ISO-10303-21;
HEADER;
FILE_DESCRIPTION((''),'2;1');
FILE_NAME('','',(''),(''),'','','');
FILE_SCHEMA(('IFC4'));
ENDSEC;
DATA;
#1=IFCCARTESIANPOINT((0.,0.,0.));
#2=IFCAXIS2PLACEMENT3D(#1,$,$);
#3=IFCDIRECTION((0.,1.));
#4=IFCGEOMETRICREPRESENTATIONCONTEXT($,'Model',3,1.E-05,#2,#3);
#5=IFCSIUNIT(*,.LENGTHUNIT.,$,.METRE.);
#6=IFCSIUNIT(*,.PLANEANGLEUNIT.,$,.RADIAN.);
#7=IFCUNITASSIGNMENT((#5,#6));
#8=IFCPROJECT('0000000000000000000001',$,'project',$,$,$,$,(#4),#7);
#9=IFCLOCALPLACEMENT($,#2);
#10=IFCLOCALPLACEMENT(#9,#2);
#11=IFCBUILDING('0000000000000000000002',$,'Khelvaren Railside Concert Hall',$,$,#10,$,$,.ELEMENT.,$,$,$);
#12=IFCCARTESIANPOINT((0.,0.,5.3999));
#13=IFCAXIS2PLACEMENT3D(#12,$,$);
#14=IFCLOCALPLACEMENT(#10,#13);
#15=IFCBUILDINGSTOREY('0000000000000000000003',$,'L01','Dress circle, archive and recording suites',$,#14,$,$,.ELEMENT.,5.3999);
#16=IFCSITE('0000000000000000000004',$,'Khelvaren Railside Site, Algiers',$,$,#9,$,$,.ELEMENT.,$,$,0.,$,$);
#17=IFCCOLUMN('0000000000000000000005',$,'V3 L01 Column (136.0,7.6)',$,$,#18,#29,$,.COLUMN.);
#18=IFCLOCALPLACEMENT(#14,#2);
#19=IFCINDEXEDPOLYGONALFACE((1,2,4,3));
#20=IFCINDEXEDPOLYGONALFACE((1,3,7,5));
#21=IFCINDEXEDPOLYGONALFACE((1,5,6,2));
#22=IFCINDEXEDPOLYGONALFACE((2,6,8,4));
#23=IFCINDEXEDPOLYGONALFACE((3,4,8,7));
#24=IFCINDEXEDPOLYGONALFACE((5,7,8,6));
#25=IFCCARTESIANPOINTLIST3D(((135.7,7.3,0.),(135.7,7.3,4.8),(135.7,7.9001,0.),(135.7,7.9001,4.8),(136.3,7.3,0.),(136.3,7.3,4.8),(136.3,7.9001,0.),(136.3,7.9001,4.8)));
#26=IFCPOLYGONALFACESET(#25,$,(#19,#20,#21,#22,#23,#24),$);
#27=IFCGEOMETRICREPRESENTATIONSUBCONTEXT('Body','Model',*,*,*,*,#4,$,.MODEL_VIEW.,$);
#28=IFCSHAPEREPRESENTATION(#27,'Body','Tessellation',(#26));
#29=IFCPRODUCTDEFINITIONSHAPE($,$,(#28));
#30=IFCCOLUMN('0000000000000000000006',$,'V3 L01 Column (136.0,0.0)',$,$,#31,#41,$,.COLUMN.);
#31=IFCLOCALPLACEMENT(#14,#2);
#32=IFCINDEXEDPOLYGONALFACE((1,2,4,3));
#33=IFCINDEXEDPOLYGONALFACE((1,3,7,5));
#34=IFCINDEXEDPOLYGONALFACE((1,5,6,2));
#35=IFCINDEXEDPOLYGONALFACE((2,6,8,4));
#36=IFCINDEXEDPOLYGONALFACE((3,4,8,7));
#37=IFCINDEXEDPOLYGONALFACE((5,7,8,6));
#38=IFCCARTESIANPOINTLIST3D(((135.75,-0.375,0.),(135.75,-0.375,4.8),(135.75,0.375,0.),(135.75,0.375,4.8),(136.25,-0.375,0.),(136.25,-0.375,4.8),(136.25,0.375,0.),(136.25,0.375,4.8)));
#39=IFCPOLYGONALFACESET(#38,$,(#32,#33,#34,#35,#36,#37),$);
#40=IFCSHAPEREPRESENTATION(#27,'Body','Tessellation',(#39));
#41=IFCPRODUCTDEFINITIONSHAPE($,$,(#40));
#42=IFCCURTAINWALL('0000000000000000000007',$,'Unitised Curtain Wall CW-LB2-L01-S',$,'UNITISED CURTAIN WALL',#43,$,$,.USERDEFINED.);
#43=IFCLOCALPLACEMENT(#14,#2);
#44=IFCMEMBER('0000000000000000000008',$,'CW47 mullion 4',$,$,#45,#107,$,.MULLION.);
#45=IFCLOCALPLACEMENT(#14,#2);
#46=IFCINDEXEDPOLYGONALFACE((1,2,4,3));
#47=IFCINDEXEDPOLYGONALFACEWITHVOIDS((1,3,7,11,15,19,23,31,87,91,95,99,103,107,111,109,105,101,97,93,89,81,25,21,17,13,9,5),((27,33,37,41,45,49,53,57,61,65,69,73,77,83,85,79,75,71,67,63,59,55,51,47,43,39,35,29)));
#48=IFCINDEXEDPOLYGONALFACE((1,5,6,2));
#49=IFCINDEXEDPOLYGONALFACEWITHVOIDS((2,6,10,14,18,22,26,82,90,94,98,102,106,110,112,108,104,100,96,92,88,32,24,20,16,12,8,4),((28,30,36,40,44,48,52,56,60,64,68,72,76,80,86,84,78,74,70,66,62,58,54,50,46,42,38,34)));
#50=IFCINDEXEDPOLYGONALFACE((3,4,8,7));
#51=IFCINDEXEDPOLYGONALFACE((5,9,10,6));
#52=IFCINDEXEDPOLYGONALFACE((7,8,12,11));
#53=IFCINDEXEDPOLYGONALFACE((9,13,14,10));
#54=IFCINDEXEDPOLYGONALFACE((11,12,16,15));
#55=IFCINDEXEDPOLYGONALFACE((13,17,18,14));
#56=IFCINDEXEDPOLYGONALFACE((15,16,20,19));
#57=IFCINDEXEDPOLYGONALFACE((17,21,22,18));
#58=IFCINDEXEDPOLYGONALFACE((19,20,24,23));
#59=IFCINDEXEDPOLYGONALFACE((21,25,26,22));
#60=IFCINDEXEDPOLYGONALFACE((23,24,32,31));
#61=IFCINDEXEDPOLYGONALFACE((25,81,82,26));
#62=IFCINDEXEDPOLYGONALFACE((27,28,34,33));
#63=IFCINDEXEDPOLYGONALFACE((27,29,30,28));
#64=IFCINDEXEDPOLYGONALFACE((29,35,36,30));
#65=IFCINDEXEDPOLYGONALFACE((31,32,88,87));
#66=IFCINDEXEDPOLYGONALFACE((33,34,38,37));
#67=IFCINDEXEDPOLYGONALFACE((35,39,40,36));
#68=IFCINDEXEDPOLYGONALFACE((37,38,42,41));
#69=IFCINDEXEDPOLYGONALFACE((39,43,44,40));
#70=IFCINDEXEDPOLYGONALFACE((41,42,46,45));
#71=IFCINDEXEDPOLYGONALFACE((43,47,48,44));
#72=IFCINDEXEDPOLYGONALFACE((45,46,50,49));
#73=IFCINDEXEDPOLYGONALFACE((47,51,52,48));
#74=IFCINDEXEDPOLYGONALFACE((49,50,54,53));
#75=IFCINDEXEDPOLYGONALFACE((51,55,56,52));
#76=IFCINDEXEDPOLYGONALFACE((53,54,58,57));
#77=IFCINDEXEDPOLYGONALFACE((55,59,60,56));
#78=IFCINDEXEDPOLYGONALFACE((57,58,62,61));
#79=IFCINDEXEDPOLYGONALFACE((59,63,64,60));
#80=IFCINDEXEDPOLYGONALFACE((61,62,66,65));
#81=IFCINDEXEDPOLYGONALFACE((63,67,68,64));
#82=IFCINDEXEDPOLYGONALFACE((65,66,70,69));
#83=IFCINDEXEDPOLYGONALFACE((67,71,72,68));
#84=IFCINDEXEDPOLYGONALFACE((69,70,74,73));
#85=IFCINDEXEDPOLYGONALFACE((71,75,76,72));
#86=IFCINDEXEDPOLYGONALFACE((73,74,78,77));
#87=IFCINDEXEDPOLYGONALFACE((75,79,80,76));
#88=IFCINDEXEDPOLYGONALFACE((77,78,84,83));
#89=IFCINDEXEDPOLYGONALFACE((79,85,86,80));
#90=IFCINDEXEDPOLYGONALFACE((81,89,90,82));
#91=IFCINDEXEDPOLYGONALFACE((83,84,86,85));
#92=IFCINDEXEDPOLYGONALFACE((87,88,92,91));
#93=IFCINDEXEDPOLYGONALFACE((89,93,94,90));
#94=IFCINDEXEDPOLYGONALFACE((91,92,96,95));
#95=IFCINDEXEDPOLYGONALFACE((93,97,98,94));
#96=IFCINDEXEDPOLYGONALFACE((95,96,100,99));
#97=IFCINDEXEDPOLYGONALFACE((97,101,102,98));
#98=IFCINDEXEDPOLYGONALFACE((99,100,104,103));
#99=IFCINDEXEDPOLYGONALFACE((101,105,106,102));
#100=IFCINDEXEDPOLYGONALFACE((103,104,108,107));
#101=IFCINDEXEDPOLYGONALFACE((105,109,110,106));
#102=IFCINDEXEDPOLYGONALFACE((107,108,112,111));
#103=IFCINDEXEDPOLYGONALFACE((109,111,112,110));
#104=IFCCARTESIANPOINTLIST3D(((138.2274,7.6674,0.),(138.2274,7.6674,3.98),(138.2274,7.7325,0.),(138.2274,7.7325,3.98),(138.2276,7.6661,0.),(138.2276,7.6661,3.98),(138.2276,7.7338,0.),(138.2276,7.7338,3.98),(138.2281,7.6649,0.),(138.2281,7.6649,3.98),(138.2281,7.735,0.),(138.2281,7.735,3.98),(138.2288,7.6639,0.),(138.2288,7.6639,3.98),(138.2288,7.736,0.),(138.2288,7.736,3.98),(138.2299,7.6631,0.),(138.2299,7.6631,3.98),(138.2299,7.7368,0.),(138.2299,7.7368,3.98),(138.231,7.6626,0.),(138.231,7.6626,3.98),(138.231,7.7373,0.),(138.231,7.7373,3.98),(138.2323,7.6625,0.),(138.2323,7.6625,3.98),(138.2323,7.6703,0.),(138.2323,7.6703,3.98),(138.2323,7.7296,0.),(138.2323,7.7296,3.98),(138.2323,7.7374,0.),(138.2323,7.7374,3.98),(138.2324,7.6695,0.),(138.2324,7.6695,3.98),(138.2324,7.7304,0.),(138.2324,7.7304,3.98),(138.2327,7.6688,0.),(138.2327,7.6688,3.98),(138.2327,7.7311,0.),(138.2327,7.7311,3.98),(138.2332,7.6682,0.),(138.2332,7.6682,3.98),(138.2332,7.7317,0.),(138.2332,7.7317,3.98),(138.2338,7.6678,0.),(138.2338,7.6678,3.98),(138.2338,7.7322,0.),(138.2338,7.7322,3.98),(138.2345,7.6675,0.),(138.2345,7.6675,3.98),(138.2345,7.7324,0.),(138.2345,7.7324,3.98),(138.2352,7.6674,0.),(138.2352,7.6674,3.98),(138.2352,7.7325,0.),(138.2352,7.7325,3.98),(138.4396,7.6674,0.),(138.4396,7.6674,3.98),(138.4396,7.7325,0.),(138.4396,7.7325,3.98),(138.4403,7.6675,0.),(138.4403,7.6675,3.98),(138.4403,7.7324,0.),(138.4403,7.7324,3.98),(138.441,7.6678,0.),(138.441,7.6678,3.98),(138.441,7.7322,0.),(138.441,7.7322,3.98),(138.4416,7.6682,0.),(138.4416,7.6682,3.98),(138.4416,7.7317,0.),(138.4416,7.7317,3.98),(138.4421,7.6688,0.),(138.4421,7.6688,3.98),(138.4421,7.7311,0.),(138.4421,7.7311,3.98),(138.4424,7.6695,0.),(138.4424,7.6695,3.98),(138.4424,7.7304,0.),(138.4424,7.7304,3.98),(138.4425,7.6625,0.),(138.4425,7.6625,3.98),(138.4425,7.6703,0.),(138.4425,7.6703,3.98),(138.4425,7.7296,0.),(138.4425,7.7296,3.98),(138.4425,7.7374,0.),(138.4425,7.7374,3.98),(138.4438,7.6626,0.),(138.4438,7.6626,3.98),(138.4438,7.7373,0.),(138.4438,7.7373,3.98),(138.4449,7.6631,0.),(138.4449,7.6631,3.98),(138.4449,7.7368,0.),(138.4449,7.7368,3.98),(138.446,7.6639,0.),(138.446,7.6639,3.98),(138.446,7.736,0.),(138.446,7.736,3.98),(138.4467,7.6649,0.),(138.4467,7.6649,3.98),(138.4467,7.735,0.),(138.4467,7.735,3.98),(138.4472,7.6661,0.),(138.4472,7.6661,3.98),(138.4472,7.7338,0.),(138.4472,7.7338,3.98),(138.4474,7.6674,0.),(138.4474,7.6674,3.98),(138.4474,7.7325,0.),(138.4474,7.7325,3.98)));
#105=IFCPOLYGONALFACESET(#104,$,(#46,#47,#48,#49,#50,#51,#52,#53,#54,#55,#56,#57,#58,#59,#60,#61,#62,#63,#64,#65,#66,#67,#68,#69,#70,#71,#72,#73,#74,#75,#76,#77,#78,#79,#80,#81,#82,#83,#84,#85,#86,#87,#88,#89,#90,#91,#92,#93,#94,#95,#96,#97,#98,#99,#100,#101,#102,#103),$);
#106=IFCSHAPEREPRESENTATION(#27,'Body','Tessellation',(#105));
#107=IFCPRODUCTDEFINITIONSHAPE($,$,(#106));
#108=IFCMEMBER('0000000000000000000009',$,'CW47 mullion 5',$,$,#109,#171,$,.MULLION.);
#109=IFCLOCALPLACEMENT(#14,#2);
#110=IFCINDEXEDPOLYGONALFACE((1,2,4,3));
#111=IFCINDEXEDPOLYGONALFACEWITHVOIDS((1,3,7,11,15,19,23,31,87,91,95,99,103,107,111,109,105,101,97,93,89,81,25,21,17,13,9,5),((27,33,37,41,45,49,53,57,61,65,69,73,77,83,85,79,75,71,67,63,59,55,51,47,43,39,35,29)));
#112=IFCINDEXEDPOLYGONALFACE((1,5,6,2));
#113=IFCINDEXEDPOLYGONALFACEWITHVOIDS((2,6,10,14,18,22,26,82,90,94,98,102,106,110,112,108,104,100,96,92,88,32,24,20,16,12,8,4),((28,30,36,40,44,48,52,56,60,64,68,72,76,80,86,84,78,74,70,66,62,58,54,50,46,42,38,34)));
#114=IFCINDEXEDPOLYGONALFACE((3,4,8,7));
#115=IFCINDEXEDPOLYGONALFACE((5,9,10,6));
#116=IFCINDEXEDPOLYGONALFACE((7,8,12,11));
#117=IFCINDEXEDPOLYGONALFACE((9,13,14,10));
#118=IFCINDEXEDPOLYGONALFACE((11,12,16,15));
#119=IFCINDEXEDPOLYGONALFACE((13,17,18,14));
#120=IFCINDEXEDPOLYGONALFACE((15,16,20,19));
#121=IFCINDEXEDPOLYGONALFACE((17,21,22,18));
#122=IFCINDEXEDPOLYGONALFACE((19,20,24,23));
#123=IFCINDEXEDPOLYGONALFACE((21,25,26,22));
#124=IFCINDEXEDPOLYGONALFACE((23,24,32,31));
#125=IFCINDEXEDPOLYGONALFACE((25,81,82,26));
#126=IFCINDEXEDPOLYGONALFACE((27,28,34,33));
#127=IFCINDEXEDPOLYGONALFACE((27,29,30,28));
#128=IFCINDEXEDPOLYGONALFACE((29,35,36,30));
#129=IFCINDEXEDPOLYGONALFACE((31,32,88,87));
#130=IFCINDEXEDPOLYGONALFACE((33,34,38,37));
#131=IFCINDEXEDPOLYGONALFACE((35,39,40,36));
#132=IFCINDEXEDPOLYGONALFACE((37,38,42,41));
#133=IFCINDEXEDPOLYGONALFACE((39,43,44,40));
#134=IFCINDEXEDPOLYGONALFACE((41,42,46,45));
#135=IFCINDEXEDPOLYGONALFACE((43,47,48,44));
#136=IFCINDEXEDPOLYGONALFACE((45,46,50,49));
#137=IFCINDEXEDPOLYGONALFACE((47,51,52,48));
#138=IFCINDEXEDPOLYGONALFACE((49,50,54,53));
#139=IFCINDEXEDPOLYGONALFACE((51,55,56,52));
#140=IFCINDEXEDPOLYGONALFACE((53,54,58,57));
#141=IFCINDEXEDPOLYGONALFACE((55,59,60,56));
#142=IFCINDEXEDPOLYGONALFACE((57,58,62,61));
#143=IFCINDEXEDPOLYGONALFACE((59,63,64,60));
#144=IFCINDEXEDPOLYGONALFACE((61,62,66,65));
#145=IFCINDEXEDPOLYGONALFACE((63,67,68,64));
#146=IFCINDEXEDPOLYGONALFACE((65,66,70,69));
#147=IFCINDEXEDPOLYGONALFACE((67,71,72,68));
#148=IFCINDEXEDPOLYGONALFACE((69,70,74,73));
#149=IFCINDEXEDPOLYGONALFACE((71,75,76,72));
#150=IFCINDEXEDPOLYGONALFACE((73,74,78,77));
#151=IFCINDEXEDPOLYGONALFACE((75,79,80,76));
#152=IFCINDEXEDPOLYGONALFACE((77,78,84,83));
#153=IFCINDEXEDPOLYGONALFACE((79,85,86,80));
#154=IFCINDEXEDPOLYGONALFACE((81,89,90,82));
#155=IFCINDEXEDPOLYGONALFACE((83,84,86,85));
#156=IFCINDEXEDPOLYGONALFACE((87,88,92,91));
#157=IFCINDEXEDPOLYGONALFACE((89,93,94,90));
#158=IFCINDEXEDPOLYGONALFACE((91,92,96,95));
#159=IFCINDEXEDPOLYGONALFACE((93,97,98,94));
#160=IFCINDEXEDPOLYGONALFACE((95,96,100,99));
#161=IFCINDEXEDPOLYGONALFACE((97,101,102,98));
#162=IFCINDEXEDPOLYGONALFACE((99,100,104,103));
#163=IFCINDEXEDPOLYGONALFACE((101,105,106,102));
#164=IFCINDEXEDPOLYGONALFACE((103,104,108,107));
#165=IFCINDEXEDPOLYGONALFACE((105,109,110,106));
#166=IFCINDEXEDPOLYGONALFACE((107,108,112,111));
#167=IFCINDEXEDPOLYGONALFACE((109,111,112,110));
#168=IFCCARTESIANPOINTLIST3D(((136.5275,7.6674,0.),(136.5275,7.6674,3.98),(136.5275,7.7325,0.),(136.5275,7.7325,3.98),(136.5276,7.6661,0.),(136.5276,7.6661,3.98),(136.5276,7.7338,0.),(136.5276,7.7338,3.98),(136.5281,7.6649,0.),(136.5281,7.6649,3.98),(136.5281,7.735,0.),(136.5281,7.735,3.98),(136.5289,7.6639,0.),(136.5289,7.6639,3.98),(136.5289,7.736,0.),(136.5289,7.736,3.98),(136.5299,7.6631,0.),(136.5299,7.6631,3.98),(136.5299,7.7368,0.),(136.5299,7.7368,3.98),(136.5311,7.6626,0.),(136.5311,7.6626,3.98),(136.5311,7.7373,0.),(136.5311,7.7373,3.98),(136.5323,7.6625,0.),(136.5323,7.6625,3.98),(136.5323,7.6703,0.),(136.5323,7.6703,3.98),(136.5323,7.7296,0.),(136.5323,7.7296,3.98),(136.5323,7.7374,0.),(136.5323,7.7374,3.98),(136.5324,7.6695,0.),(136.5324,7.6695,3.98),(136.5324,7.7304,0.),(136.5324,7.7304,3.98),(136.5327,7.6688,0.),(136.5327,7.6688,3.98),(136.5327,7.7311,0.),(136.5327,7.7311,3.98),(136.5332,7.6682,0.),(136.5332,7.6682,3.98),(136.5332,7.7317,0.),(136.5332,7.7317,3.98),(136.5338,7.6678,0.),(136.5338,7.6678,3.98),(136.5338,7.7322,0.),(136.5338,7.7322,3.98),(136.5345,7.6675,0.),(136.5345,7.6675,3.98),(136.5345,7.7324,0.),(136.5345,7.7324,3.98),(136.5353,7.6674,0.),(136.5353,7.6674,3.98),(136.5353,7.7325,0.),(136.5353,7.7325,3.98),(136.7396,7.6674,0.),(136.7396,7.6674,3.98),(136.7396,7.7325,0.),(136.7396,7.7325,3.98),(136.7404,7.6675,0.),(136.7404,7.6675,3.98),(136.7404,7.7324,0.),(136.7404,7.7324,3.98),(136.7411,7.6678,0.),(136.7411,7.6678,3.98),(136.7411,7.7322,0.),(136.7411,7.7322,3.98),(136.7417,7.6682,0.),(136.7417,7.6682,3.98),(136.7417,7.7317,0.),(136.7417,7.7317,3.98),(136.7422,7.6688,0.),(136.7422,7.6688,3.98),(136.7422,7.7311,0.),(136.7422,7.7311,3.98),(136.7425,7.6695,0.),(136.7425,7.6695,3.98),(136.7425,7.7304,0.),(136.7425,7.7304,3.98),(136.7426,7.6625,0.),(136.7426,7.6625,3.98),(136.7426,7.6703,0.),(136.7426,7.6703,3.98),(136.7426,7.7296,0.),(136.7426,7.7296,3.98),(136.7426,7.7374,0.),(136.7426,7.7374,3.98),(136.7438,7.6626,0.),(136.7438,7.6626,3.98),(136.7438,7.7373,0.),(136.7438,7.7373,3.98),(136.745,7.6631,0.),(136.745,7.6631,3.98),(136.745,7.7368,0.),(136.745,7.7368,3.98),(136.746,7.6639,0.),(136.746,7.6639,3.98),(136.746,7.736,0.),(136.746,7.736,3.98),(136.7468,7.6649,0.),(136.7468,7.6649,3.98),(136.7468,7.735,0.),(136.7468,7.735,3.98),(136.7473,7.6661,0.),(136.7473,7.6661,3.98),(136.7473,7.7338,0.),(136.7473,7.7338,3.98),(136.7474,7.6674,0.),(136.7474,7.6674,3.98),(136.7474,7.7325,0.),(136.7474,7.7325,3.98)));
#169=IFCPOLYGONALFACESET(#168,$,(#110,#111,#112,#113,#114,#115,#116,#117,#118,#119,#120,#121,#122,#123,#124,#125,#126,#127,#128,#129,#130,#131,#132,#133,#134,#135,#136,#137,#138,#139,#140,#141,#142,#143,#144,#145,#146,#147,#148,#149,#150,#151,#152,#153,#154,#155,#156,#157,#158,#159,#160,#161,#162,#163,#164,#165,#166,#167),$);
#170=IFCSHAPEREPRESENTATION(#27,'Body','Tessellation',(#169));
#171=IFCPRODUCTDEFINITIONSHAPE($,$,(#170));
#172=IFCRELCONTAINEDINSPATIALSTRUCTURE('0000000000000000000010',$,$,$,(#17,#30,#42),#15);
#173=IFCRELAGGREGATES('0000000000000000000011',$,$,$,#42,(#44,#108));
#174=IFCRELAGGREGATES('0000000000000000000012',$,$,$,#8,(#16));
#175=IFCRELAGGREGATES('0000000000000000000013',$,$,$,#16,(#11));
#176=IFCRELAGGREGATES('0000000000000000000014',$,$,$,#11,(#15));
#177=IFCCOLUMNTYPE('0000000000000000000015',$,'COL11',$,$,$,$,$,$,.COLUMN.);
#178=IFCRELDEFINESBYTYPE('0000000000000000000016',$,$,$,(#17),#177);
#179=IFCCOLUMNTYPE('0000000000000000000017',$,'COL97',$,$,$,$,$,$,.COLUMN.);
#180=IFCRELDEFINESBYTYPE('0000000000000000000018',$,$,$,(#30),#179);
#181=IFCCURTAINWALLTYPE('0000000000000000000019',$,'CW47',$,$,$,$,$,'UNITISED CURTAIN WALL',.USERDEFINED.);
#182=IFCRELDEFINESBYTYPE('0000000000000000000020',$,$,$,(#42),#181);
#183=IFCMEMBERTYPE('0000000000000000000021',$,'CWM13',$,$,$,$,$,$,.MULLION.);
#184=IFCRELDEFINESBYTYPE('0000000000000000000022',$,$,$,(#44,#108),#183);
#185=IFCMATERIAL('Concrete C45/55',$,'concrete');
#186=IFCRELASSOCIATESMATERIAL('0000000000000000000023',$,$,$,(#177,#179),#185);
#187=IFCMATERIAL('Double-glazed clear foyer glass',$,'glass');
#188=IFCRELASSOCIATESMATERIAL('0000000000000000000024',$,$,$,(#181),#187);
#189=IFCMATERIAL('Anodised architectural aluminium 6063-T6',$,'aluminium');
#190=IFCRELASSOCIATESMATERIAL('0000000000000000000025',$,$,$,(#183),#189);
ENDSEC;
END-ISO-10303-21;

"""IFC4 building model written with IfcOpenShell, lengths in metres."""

from ifc_helpers import new_model, si_unit, direction, frame, origin, origin_2d, place, context, subcontext, project, spatial, rectangle, hollow_rectangle, extrude, material, material_profile, profile_set, type_object, element, aggregate, save


model = new_model("IFC4")

# Units and contexts
model_context = context("Model", 3, precision=1e-05, world=origin(), true_north=direction((0.0, 1.0)))
body_context = subcontext(model_context, "Body", "Model", "MODEL_VIEW")
ifc_project = project(units=[si_unit("LENGTHUNIT", "METRE"), si_unit("PLANEANGLEUNIT", "RADIAN")], contexts=[model_context])

# Site, building, storey
site_placement = place(None, origin())
site = spatial("IfcSite", under=ifc_project, at=site_placement, Name="Khelvaren Railside Site, Algiers", CompositionType="ELEMENT", RefElevation=0.0)
building_placement = place(site_placement, origin())
building = spatial("IfcBuilding", under=site, at=building_placement, Name="Khelvaren Railside Concert Hall", CompositionType="ELEMENT")
storey_placement = place(building_placement, frame((0.0, 0.0, 5.3999)))
storey = spatial("IfcBuildingStorey", under=building, at=storey_placement, Name="L01", Description="Dress circle, archive and recording suites", CompositionType="ELEMENT", Elevation=5.3999)

# Columns
ifc_material_1 = material(Name="Concrete C45/55", Category="concrete")
ifc_material_profile_1 = material_profile(ifc_material_1, rectangle(XDim=0.6001, YDim=0.6001, at=origin_2d()), Name="RC 600x600")
ifc_profile_set_1 = profile_set([ifc_material_profile_1], Name="Concrete C45/55")
column_type_1 = type_object("IfcColumnType", Name="COL11", PredefinedType="COLUMN", material=ifc_profile_set_1)
column_1_placement = place(storey_placement, frame((136.0, 7.6001, 0.0), z_axis=(0.0, 0.0, 1.0), x_axis=(1.0, 0.0, 0.0)))
element("IfcColumn", 1, at=column_1_placement, inside=storey, type_object=column_type_1, Name="V3 L01 Column (136.0,7.6)", PredefinedType="COLUMN", context=body_context, shape_type="SweptSolid", body=[
    extrude(rectangle(XDim=0.6001, YDim=0.6001, at=origin_2d()), origin(), (0.0, 0.0, 1.0), 4.8),
])
ifc_material_profile_2 = material_profile(ifc_material_1, rectangle(XDim=0.5, YDim=0.75, at=origin_2d()), Name="RC 500x750")
ifc_profile_set_2 = profile_set([ifc_material_profile_2], Name="Concrete C45/55")
column_type_2 = type_object("IfcColumnType", Name="COL97", PredefinedType="COLUMN", material=ifc_profile_set_2)
column_2_placement = place(storey_placement, frame((136.0, 0.0, 0.0), z_axis=(0.0, 0.0, 1.0), x_axis=(1.0, 0.0, 0.0)))
element("IfcColumn", 2, at=column_2_placement, inside=storey, type_object=column_type_2, Name="V3 L01 Column (136.0,0.0)", PredefinedType="COLUMN", context=body_context, shape_type="SweptSolid", body=[
    extrude(rectangle(XDim=0.5, YDim=0.75, at=origin_2d()), origin(), (0.0, 0.0, 1.0), 4.8),
])

# Curtain wall, members
ifc_material_2 = material(Name="Double-glazed clear foyer glass", Category="glass")
curtain_wall_type_1 = type_object("IfcCurtainWallType", Name="CW47", ElementType="UNITISED CURTAIN WALL", PredefinedType="USERDEFINED", material=ifc_material_2)
curtain_wall_1_placement = place(storey_placement, origin())
curtain_wall_1 = element("IfcCurtainWall", 3, at=curtain_wall_1_placement, inside=storey, type_object=curtain_wall_type_1, Name="Unitised Curtain Wall CW-LB2-L01-S", ObjectType="UNITISED CURTAIN WALL", PredefinedType="USERDEFINED")
ifc_material_3 = material(Name="Anodised architectural aluminium 6063-T6", Category="aluminium")
ifc_material_profile_3 = material_profile(ifc_material_3, hollow_rectangle(XDim=0.075, YDim=0.22, WallThickness=0.0049, InnerFilletRadius=0.0029, OuterFilletRadius=0.0049, at=origin_2d()), Name="CWM 75x220x5")
ifc_profile_set_3 = profile_set([ifc_material_profile_3], Name="Anodised architectural aluminium 6063-T6")
member_type_1 = type_object("IfcMemberType", Name="CWM13", PredefinedType="MULLION", material=ifc_profile_set_3)
member_1_placement = place(storey_placement, frame((138.3374, 7.7, 0.0), z_axis=(0.0, 0.0, 1.0), x_axis=(0.0, -1.0, 0.0)))
member_1 = element("IfcMember", 4, at=member_1_placement, type_object=member_type_1, Name="CW47 mullion 4", PredefinedType="MULLION", context=body_context, shape_type="SweptSolid", body=[
    extrude(hollow_rectangle(XDim=0.075, YDim=0.22, WallThickness=0.0049, InnerFilletRadius=0.0029, OuterFilletRadius=0.0049, at=origin_2d()), origin(), (0.0, 0.0, 1.0), 3.98),
])
member_2_placement = place(storey_placement, frame((136.6375, 7.7, 0.0), z_axis=(0.0, 0.0, 1.0), x_axis=(0.0, -1.0, 0.0)))
member_2 = element("IfcMember", 5, at=member_2_placement, type_object=member_type_1, Name="CW47 mullion 5", PredefinedType="MULLION", context=body_context, shape_type="SweptSolid", body=[
    extrude(hollow_rectangle(XDim=0.075, YDim=0.22, WallThickness=0.0049, InnerFilletRadius=0.0029, OuterFilletRadius=0.0049, at=origin_2d()), origin(), (0.0, 0.0, 1.0), 3.98),
])

aggregate(curtain_wall_1, [member_1, member_2])

save(model, "model.ifc")
